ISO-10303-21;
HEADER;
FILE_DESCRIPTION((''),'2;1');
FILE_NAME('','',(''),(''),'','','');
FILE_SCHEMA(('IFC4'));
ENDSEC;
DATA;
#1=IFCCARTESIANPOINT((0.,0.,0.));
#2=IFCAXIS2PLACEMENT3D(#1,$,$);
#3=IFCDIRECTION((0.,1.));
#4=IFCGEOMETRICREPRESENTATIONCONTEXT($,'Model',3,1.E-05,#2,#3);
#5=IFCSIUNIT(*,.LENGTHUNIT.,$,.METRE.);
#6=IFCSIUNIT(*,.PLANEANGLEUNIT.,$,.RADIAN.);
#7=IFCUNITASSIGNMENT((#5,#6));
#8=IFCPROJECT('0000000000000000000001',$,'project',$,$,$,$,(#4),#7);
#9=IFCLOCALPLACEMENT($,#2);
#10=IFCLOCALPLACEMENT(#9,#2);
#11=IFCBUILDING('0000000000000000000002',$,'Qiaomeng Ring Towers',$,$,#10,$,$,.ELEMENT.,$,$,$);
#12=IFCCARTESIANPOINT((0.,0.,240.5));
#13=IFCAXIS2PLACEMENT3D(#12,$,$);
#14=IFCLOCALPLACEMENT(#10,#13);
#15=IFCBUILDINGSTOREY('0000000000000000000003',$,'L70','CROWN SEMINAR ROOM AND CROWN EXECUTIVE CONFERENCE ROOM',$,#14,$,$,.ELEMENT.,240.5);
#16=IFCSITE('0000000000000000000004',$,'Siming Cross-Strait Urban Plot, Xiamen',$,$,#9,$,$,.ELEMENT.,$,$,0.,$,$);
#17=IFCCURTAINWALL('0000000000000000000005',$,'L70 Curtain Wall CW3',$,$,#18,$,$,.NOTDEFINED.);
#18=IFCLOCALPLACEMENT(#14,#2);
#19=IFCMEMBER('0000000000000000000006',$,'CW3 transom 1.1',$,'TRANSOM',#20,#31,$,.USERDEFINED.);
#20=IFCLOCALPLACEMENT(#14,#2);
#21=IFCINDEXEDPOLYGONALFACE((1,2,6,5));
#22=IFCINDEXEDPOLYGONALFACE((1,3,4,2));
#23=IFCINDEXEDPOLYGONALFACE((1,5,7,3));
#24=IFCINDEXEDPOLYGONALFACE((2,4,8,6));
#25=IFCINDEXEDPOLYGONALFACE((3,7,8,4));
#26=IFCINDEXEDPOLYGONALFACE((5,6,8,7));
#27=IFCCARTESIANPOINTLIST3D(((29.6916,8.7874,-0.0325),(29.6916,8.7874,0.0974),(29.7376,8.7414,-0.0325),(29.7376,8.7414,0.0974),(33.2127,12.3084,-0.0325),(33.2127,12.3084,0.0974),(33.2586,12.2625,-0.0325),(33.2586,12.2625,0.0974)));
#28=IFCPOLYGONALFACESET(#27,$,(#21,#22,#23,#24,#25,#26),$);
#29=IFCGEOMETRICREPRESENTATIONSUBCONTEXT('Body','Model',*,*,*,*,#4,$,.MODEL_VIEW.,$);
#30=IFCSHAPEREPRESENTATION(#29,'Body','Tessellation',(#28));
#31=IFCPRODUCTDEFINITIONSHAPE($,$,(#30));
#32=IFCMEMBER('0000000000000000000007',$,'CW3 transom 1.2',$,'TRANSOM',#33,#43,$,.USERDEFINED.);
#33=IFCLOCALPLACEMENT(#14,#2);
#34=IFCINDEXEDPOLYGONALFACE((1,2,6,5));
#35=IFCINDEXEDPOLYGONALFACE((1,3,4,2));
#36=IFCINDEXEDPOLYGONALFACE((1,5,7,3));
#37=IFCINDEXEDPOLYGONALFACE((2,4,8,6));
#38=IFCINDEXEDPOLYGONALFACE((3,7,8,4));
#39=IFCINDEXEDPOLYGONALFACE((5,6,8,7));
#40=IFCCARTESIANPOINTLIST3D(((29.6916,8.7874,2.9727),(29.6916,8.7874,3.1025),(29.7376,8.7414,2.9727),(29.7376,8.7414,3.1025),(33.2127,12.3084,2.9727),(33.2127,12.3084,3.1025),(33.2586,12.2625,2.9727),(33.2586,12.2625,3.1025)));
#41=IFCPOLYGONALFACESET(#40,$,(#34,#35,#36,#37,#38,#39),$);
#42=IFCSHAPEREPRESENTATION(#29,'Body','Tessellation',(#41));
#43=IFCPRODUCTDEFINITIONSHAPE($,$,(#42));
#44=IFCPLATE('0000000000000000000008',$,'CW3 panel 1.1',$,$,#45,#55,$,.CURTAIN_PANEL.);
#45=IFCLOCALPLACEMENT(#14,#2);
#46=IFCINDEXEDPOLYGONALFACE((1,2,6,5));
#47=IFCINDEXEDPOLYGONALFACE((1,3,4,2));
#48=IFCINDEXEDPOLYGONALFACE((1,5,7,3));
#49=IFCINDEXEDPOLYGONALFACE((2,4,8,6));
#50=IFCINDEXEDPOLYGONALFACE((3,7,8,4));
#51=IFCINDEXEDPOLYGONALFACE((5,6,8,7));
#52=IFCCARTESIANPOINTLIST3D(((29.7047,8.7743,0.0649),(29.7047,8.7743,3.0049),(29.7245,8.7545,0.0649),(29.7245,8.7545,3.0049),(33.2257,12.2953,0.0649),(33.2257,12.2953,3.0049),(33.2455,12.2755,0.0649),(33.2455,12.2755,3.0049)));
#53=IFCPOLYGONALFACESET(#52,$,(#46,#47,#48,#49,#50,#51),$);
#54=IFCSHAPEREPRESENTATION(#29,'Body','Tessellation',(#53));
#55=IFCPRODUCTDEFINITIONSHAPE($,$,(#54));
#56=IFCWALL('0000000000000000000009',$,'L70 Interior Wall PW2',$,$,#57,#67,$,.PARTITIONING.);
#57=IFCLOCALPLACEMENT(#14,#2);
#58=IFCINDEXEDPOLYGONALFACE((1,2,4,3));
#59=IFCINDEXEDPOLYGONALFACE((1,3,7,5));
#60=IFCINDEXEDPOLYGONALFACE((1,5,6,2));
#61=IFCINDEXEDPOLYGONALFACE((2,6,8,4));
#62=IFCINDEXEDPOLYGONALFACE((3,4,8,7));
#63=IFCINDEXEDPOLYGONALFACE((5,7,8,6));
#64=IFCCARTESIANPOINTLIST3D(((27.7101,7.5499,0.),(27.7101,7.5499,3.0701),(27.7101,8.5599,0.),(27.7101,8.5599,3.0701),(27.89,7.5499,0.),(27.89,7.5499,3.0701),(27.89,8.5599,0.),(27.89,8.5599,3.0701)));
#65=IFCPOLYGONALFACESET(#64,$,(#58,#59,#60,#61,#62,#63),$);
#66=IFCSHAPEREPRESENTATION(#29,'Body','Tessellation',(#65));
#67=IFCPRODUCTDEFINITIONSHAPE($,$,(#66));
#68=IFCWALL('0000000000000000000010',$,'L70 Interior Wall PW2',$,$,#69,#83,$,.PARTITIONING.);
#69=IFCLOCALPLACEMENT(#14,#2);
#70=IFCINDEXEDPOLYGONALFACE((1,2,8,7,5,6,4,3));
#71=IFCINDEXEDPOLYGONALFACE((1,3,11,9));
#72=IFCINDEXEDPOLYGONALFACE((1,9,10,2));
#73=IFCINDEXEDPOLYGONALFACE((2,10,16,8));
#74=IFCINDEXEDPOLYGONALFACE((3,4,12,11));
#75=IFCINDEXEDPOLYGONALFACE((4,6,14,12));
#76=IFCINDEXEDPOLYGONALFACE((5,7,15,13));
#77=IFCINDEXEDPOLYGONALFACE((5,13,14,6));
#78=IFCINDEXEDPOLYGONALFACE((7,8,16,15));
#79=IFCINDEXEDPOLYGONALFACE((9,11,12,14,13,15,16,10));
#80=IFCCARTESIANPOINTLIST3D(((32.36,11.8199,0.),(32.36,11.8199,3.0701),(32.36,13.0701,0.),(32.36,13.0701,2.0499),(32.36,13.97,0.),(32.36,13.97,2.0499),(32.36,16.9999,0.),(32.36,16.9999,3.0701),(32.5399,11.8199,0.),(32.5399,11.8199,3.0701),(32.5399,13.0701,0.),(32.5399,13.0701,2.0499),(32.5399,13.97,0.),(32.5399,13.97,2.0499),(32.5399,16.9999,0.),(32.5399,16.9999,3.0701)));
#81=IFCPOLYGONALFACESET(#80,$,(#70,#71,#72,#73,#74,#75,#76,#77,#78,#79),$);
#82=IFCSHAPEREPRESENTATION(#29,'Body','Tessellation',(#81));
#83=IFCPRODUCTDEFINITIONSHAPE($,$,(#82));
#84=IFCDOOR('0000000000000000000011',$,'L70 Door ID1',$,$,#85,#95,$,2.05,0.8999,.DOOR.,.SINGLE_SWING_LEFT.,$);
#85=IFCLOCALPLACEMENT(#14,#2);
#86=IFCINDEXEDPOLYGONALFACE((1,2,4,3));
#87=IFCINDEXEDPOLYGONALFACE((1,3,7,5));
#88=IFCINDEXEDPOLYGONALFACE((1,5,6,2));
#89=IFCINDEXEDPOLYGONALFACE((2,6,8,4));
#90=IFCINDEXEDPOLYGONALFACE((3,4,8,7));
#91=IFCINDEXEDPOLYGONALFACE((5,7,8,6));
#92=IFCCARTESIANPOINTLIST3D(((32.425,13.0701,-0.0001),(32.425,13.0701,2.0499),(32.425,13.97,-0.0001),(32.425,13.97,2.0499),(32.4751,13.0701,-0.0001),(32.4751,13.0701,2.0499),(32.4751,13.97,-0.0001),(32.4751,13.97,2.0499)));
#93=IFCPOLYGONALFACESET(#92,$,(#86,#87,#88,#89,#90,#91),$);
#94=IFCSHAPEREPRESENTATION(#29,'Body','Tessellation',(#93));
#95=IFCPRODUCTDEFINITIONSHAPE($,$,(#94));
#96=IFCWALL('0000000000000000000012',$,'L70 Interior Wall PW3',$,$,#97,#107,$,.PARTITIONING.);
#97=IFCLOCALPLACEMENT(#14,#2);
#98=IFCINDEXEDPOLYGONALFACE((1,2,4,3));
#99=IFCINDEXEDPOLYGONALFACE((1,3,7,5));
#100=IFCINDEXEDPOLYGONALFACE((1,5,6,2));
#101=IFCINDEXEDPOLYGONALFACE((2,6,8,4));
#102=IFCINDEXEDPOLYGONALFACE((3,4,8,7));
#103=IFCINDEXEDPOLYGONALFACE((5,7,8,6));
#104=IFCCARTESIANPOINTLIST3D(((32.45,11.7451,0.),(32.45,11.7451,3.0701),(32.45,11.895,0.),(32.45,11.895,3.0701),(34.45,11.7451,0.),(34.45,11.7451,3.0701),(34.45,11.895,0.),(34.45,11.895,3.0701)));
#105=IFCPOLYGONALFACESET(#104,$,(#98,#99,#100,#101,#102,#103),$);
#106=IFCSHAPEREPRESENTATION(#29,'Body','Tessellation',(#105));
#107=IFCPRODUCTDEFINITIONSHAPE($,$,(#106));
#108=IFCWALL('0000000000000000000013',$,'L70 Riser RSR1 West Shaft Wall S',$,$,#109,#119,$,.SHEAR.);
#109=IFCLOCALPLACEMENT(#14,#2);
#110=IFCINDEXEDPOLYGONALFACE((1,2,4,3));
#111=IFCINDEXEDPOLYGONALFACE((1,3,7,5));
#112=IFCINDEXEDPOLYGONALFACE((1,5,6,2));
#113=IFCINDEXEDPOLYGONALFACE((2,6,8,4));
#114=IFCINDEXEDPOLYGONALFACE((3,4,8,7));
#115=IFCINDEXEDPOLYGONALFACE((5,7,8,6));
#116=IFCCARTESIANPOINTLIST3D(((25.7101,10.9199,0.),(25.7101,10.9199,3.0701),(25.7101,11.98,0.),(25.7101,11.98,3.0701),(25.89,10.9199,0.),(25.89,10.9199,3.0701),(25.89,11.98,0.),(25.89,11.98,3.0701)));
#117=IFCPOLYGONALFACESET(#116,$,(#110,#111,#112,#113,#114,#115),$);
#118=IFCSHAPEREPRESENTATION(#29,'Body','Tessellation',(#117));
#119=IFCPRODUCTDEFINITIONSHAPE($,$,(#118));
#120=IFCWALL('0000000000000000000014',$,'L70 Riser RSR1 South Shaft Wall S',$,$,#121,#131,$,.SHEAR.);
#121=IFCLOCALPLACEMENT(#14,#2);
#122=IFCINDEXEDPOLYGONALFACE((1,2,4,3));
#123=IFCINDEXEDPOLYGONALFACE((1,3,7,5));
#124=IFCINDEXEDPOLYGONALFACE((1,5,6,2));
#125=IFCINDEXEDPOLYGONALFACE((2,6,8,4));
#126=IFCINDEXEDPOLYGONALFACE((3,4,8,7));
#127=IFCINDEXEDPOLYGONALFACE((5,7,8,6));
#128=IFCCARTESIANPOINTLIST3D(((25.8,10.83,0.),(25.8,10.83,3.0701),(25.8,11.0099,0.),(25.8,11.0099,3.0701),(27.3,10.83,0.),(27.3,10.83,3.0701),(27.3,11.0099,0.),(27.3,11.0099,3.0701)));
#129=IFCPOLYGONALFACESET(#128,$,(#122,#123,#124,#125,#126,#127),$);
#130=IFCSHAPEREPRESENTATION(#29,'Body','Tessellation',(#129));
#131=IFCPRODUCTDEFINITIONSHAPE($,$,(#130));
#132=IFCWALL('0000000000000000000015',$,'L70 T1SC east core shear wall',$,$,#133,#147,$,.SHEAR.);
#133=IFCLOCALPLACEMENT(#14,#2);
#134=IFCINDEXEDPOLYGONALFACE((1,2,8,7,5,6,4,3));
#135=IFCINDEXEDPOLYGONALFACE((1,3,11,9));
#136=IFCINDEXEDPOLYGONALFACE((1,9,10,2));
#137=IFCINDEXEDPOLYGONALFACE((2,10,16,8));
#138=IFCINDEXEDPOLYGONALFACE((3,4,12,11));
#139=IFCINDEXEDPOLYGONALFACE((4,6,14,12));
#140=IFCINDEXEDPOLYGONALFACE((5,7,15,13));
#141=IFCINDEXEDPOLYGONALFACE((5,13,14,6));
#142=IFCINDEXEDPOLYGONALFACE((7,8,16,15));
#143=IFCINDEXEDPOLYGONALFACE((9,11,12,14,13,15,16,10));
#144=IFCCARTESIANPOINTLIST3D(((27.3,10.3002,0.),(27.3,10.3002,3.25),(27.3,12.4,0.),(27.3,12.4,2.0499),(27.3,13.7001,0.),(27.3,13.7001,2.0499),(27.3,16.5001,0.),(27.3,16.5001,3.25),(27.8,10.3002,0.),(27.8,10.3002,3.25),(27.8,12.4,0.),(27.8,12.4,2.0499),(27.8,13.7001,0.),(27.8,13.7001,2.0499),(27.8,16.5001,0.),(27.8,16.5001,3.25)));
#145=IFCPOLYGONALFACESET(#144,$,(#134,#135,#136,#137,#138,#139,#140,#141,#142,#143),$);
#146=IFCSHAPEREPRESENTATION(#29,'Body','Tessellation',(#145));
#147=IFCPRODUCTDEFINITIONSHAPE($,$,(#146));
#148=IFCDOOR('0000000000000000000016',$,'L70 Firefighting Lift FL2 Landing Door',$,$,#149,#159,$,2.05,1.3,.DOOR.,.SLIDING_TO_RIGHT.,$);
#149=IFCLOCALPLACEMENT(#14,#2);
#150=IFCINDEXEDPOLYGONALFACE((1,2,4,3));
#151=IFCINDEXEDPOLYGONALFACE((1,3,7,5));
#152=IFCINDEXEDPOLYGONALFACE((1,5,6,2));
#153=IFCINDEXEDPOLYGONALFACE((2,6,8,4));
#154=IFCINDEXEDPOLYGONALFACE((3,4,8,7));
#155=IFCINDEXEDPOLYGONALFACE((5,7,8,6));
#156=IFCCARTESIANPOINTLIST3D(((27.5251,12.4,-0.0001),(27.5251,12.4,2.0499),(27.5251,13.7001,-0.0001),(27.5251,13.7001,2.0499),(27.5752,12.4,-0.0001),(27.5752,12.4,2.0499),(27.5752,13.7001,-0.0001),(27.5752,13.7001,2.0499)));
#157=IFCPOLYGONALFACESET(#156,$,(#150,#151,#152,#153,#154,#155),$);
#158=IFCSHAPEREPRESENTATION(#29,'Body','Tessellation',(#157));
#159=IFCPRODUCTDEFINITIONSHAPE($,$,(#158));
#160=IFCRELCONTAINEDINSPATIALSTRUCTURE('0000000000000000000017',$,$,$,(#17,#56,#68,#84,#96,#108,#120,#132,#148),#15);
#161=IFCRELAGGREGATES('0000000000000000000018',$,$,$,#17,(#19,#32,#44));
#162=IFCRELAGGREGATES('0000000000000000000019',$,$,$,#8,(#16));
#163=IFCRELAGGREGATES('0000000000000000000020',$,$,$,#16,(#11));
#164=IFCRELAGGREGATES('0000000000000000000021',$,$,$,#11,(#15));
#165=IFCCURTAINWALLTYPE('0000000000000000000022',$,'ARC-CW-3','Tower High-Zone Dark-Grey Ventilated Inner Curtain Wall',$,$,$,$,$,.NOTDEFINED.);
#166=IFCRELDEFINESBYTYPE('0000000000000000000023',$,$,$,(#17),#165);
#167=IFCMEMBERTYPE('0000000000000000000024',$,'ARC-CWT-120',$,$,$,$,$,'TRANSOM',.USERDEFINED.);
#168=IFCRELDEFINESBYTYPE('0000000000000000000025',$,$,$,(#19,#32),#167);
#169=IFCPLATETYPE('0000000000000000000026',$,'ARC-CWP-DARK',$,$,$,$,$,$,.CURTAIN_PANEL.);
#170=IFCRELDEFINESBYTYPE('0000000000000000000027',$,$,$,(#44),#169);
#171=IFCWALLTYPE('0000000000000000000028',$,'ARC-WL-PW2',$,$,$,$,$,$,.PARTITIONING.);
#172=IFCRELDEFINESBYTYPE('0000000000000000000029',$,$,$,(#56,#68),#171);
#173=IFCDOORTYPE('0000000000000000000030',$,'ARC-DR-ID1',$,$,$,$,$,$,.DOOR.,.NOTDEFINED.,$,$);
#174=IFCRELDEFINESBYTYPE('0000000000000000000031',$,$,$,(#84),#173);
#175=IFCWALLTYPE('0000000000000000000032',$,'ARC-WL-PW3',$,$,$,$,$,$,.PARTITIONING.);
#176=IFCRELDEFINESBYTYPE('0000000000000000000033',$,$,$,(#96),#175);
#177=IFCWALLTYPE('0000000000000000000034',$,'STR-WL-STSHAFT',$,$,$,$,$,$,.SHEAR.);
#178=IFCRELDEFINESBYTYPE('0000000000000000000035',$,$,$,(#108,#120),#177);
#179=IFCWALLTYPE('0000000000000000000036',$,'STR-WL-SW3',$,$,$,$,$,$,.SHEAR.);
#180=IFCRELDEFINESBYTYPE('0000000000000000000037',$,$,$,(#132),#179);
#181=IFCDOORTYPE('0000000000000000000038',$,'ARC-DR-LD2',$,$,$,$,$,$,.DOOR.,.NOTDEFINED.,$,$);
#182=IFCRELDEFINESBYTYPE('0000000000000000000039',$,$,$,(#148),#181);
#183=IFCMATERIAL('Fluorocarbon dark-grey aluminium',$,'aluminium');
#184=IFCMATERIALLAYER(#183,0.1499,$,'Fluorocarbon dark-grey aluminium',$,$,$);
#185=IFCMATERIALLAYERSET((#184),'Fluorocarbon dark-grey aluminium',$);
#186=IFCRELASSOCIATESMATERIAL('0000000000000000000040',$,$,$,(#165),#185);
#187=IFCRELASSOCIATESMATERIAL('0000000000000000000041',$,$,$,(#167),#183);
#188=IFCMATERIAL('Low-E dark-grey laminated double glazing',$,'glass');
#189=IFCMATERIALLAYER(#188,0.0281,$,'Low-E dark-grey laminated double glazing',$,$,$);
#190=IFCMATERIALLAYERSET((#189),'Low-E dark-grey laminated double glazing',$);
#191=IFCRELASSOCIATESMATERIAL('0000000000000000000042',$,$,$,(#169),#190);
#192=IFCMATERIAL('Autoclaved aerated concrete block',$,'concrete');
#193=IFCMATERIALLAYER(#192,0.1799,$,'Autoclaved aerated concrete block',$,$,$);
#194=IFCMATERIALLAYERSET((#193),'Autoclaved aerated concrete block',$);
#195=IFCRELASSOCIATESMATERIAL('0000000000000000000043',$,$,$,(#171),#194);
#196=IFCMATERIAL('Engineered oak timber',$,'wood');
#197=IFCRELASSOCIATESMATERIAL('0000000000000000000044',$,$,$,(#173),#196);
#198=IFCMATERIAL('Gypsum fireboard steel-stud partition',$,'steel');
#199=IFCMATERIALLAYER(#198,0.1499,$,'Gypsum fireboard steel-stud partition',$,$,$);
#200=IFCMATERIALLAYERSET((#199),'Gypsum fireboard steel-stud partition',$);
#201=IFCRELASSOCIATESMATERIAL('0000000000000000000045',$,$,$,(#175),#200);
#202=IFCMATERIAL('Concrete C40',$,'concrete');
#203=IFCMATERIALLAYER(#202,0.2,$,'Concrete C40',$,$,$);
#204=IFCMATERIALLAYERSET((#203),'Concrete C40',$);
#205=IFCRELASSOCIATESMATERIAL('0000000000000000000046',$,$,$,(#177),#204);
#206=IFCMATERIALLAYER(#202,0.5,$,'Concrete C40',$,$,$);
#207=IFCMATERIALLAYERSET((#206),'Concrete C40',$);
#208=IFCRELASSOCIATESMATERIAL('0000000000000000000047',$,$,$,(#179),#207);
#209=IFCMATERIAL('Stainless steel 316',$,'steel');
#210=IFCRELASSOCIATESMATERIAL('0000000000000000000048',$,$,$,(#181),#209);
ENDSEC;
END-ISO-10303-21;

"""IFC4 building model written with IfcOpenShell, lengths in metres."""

from ifc_helpers import new_model, si_unit, direction, frame, frame_2d, origin, origin_2d, place, context, subcontext, project, spatial, rectangle, extrude, source, transform, mapped, material, layer, layer_set, material_profile, profile_set, type_object, element, fill, aggregate, save


model = new_model("IFC4")

# Units and contexts
model_context = context("Model", 3, precision=1e-05, world=origin(), true_north=direction((0.0, 1.0)))
body_context = subcontext(model_context, "Body", "Model", "MODEL_VIEW")
ifc_project = project(units=[si_unit("LENGTHUNIT", "METRE"), si_unit("PLANEANGLEUNIT", "RADIAN")], contexts=[model_context])

# Site, building, storey
site_placement = place(None, origin())
site = spatial("IfcSite", under=ifc_project, at=site_placement, Name="Siming Cross-Strait Urban Plot, Xiamen", CompositionType="ELEMENT", RefElevation=0.0)
building_placement = place(site_placement, origin())
building = spatial("IfcBuilding", under=site, at=building_placement, Name="Qiaomeng Ring Towers", CompositionType="ELEMENT")
storey_placement = place(building_placement, frame((0.0, 0.0, 240.5)))
storey = spatial("IfcBuildingStorey", under=building, at=storey_placement, Name="L70", Description="CROWN SEMINAR ROOM AND CROWN EXECUTIVE CONFERENCE ROOM", CompositionType="ELEMENT", Elevation=240.5)

# Shared definitions
ifc_material_1 = material(Name="Concrete C40", Category="concrete")

# Curtain wall, members, plate
ifc_material_2 = material(Name="Fluorocarbon dark-grey aluminium", Category="aluminium")
ifc_layer_1 = layer(ifc_material_2, 0.1499, Name="Fluorocarbon dark-grey aluminium")
ifc_layer_set_1 = layer_set([ifc_layer_1], Name="Fluorocarbon dark-grey aluminium")
curtain_wall_type = type_object("IfcCurtainWallType", Name="ARC-CW-3", Description="Tower High-Zone Dark-Grey Ventilated Inner Curtain Wall", PredefinedType="NOTDEFINED", material=ifc_layer_set_1)
curtain_wall_placement = place(storey_placement, origin())
curtain_wall = element("IfcCurtainWall", 1, at=curtain_wall_placement, inside=storey, type_object=curtain_wall_type, Name="L70 Curtain Wall CW3", PredefinedType="NOTDEFINED")
ifc_material_profile_1 = material_profile(ifc_material_2, rectangle(XDim=0.0649, YDim=0.1299, at=origin_2d()), Name="ALU TRAN 65x130")
ifc_profile_set_1 = profile_set([ifc_material_profile_1], Name="Fluorocarbon dark-grey aluminium")
member_type_1 = type_object("IfcMemberType", Name="ARC-CWT-120", ElementType="TRANSOM", PredefinedType="USERDEFINED", material=ifc_profile_set_1)
shared_shape_1 = source(origin(), body_context, "Body", "SweptSolid", [
    extrude(rectangle(XDim=0.0649, YDim=0.1299, at=origin_2d()), origin(), (0.0, 0.0, 1.0), 4.9795),
])
member_1_placement = place(storey_placement, frame((29.7146, 8.7644, 0.0325), z_axis=(0.707107, 0.707107, 0.0), x_axis=(-0.707107, 0.707107, 0.0)))
member_1 = element("IfcMember", 2, at=member_1_placement, type_object=member_type_1, Name="CW3 transom 1.1", ObjectType="TRANSOM", PredefinedType="USERDEFINED", context=body_context, shape_type="MappedRepresentation", body=[
    mapped(shared_shape_1, transform((0.0, 0.0, 0.0), x_axis=(1.0, 0.0, 0.0), y_axis=(0.0, 1.0, 0.0), z_axis=(0.0, 0.0, 1.0), scale=1.0)),
])
member_2_placement = place(storey_placement, frame((29.7146, 8.7644, 3.0376), z_axis=(0.707107, 0.707107, 0.0), x_axis=(-0.707107, 0.707107, 0.0)))
member_2 = element("IfcMember", 3, at=member_2_placement, type_object=member_type_1, Name="CW3 transom 1.2", ObjectType="TRANSOM", PredefinedType="USERDEFINED", context=body_context, shape_type="MappedRepresentation", body=[
    mapped(shared_shape_1, transform((0.0, 0.0, 0.0), x_axis=(1.0, 0.0, 0.0), y_axis=(0.0, 1.0, 0.0), z_axis=(0.0, 0.0, 1.0), scale=1.0)),
])
ifc_material_3 = material(Name="Low-E dark-grey laminated double glazing", Category="glass")
ifc_layer_2 = layer(ifc_material_3, 0.0281, Name="Low-E dark-grey laminated double glazing")
ifc_layer_set_2 = layer_set([ifc_layer_2], Name="Low-E dark-grey laminated double glazing")
plate_type = type_object("IfcPlateType", Name="ARC-CWP-DARK", PredefinedType="CURTAIN_PANEL", material=ifc_layer_set_2)
shared_shape_2 = source(origin(), body_context, "Body", "SweptSolid", [
    extrude(rectangle(XDim=4.9795, YDim=0.0281, at=origin_2d()), origin(), (0.0, 0.0, 1.0), 2.9399),
])
plate_placement = place(storey_placement, frame((31.4751, 10.5249, 0.0649), z_axis=(0.0, 0.0, 1.0), x_axis=(0.707107, 0.707107, 0.0)))
plate = element("IfcPlate", 4, at=plate_placement, type_object=plate_type, Name="CW3 panel 1.1", PredefinedType="CURTAIN_PANEL", context=body_context, shape_type="MappedRepresentation", body=[
    mapped(shared_shape_2, transform((0.0, 0.0, 0.0), x_axis=(1.0, 0.0, 0.0), y_axis=(0.0, 1.0, 0.0), z_axis=(0.0, 0.0, 1.0), scale=1.0)),
])
aggregate(curtain_wall, [member_1, member_2, plate])

# Wall
ifc_material_4 = material(Name="Autoclaved aerated concrete block", Category="concrete")
ifc_layer_3 = layer(ifc_material_4, 0.1799, Name="Autoclaved aerated concrete block")
ifc_layer_set_3 = layer_set([ifc_layer_3], Name="Autoclaved aerated concrete block")
wall_type_1 = type_object("IfcWallType", Name="ARC-WL-PW2", PredefinedType="PARTITIONING", material=ifc_layer_set_3)
wall_1_placement = place(storey_placement, frame((27.8, 7.55, 0.0), z_axis=(0.0, 0.0, 1.0), x_axis=(0.0, 1.0, 0.0)))
element("IfcWall", 5, at=wall_1_placement, inside=storey, type_object=wall_type_1, Name="L70 Interior Wall PW2", PredefinedType="PARTITIONING", context=body_context, shape_type="SweptSolid", body=[
    extrude(rectangle(XDim=1.01, YDim=0.1799, at=frame_2d((0.5049, 0.0))), origin(), (0.0, 0.0, 1.0), 3.0701),
])

# Wall, opening, door
wall_2_placement = place(storey_placement, frame((32.45, 11.8201, 0.0), z_axis=(0.0, 0.0, 1.0), x_axis=(0.0, 1.0, 0.0)))
wall_2 = element("IfcWall", 6, at=wall_2_placement, inside=storey, type_object=wall_type_1, Name="L70 Interior Wall PW2", PredefinedType="PARTITIONING", context=body_context, shape_type="SweptSolid", body=[
    extrude(rectangle(XDim=5.1799, YDim=0.1799, at=frame_2d((2.5898, 0.0))), origin(), (0.0, 0.0, 1.0), 3.0701),
])
opening_1_placement = place(wall_2_placement, frame((1.25, 0.0, 0.0)))
opening_1 = element("IfcOpeningElement", 7, at=opening_1_placement, cuts=wall_2, PredefinedType="OPENING", context=body_context, shape_type="SweptSolid", body=[
    extrude(rectangle(XDim=0.8999, YDim=2.05, at=frame_2d((0.45, 1.0249))), frame((0.0, 0.0999, 0.0), z_axis=(0.0, -1.0, 0.0), x_axis=(1.0, 0.0, 0.0)), (0.0, 0.0, 1.0), 0.2),
])
ifc_material_5 = material(Name="Engineered oak timber", Category="wood")
door_type_1 = type_object("IfcDoorType", Name="ARC-DR-ID1", OperationType="NOTDEFINED", PredefinedType="DOOR", material=ifc_material_5)
shared_shape_3 = source(origin(), body_context, "Body", "SweptSolid", [
    extrude(rectangle(XDim=0.8999, YDim=2.05, at=frame_2d((0.45, 1.0249))), frame((0.0, 0.0249, 0.0), z_axis=(0.0, -1.0, 0.0), x_axis=(1.0, 0.0, 0.0)), (0.0, 0.0, 1.0), 0.05),
])
door_1_placement = place(opening_1_placement, origin())
door_1 = element("IfcDoor", 8, at=door_1_placement, inside=storey, type_object=door_type_1, Name="L70 Door ID1", OperationType="SINGLE_SWING_LEFT", OverallHeight=2.05, OverallWidth=0.8999, PredefinedType="DOOR", context=body_context, shape_type="MappedRepresentation", body=[
    mapped(shared_shape_3, transform((0.0, 0.0, 0.0), x_axis=(1.0, 0.0, 0.0), y_axis=(0.0, 1.0, 0.0), z_axis=(0.0, 0.0, 1.0), scale=1.0)),
])
fill(opening_1, door_1)

# Walls
ifc_material_6 = material(Name="Gypsum fireboard steel-stud partition", Category="steel")
ifc_layer_4 = layer(ifc_material_6, 0.1499, Name="Gypsum fireboard steel-stud partition")
ifc_layer_set_4 = layer_set([ifc_layer_4], Name="Gypsum fireboard steel-stud partition")
wall_type_2 = type_object("IfcWallType", Name="ARC-WL-PW3", PredefinedType="PARTITIONING", material=ifc_layer_set_4)
wall_3_placement = place(storey_placement, frame((32.45, 11.8201, 0.0), z_axis=(0.0, 0.0, 1.0), x_axis=(1.0, 0.0, 0.0)))
element("IfcWall", 9, at=wall_3_placement, inside=storey, type_object=wall_type_2, Name="L70 Interior Wall PW3", PredefinedType="PARTITIONING", context=body_context, shape_type="SweptSolid", body=[
    extrude(rectangle(XDim=2.0, YDim=0.1499, at=frame_2d((1.0, 0.0))), origin(), (0.0, 0.0, 1.0), 3.0701),
])
ifc_layer_5 = layer(ifc_material_1, 0.2, Name="Concrete C40")
ifc_layer_set_5 = layer_set([ifc_layer_5], Name="Concrete C40")
wall_type_3 = type_object("IfcWallType", Name="STR-WL-STSHAFT", PredefinedType="SHEAR", material=ifc_layer_set_5)
wall_4_placement = place(storey_placement, frame((25.8, 10.9199, 0.0), z_axis=(0.0, 0.0, 1.0), x_axis=(0.0, 1.0, 0.0)))
element("IfcWall", 10, at=wall_4_placement, inside=storey, type_object=wall_type_3, Name="L70 Riser RSR1 West Shaft Wall S", PredefinedType="SHEAR", context=body_context, shape_type="SweptSolid", body=[
    extrude(rectangle(XDim=1.0601, YDim=0.1799, at=frame_2d((0.53, 0.0))), origin(), (0.0, 0.0, 1.0), 3.0701),
])
wall_5_placement = place(storey_placement, frame((25.8, 10.9199, 0.0), z_axis=(0.0, 0.0, 1.0), x_axis=(1.0, 0.0, 0.0)))
element("IfcWall", 11, at=wall_5_placement, inside=storey, type_object=wall_type_3, Name="L70 Riser RSR1 South Shaft Wall S", PredefinedType="SHEAR", context=body_context, shape_type="SweptSolid", body=[
    extrude(rectangle(XDim=1.5, YDim=0.1799, at=frame_2d((0.75, 0.0))), origin(), (0.0, 0.0, 1.0), 3.0701),
])

# Wall, opening, door
ifc_layer_6 = layer(ifc_material_1, 0.5, Name="Concrete C40")
ifc_layer_set_6 = layer_set([ifc_layer_6], Name="Concrete C40")
wall_type_4 = type_object("IfcWallType", Name="STR-WL-SW3", PredefinedType="SHEAR", material=ifc_layer_set_6)
wall_6_placement = place(storey_placement, frame((27.55, 10.3, 0.0), z_axis=(0.0, 0.0, 1.0), x_axis=(0.0, 1.0, 0.0)))
wall_6 = element("IfcWall", 12, at=wall_6_placement, inside=storey, type_object=wall_type_4, Name="L70 T1SC east core shear wall", PredefinedType="SHEAR", context=body_context, shape_type="SweptSolid", body=[
    extrude(rectangle(XDim=6.2, YDim=0.5, at=frame_2d((3.1001, 0.0))), origin(), (0.0, 0.0, 1.0), 3.25),
])
opening_2_placement = place(wall_6_placement, frame((2.1001, 0.0, 0.0)))
opening_2 = element("IfcOpeningElement", 13, at=opening_2_placement, cuts=wall_6, PredefinedType="OPENING", context=body_context, shape_type="SweptSolid", body=[
    extrude(rectangle(XDim=1.3, YDim=2.05, at=frame_2d((0.6499, 1.0249))), frame((0.0, 0.26, 0.0), z_axis=(0.0, -1.0, 0.0), x_axis=(1.0, 0.0, 0.0)), (0.0, 0.0, 1.0), 0.52),
])
ifc_material_7 = material(Name="Stainless steel 316", Category="steel")
door_type_2 = type_object("IfcDoorType", Name="ARC-DR-LD2", OperationType="NOTDEFINED", PredefinedType="DOOR", material=ifc_material_7)
shared_shape_4 = source(origin(), body_context, "Body", "SweptSolid", [
    extrude(rectangle(XDim=1.3, YDim=2.05, at=frame_2d((0.6499, 1.0249))), frame((0.0, 0.0249, 0.0), z_axis=(0.0, -1.0, 0.0), x_axis=(1.0, 0.0, 0.0)), (0.0, 0.0, 1.0), 0.05),
])
door_2_placement = place(opening_2_placement, origin())
door_2 = element("IfcDoor", 14, at=door_2_placement, inside=storey, type_object=door_type_2, Name="L70 Firefighting Lift FL2 Landing Door", OperationType="SLIDING_TO_RIGHT", OverallHeight=2.05, OverallWidth=1.3, PredefinedType="DOOR", context=body_context, shape_type="MappedRepresentation", body=[
    mapped(shared_shape_4, transform((0.0, 0.0, 0.0), x_axis=(1.0, 0.0, 0.0), y_axis=(0.0, 1.0, 0.0), z_axis=(0.0, 0.0, 1.0), scale=1.0)),
])
fill(opening_2, door_2)

save(model, "model.ifc")
